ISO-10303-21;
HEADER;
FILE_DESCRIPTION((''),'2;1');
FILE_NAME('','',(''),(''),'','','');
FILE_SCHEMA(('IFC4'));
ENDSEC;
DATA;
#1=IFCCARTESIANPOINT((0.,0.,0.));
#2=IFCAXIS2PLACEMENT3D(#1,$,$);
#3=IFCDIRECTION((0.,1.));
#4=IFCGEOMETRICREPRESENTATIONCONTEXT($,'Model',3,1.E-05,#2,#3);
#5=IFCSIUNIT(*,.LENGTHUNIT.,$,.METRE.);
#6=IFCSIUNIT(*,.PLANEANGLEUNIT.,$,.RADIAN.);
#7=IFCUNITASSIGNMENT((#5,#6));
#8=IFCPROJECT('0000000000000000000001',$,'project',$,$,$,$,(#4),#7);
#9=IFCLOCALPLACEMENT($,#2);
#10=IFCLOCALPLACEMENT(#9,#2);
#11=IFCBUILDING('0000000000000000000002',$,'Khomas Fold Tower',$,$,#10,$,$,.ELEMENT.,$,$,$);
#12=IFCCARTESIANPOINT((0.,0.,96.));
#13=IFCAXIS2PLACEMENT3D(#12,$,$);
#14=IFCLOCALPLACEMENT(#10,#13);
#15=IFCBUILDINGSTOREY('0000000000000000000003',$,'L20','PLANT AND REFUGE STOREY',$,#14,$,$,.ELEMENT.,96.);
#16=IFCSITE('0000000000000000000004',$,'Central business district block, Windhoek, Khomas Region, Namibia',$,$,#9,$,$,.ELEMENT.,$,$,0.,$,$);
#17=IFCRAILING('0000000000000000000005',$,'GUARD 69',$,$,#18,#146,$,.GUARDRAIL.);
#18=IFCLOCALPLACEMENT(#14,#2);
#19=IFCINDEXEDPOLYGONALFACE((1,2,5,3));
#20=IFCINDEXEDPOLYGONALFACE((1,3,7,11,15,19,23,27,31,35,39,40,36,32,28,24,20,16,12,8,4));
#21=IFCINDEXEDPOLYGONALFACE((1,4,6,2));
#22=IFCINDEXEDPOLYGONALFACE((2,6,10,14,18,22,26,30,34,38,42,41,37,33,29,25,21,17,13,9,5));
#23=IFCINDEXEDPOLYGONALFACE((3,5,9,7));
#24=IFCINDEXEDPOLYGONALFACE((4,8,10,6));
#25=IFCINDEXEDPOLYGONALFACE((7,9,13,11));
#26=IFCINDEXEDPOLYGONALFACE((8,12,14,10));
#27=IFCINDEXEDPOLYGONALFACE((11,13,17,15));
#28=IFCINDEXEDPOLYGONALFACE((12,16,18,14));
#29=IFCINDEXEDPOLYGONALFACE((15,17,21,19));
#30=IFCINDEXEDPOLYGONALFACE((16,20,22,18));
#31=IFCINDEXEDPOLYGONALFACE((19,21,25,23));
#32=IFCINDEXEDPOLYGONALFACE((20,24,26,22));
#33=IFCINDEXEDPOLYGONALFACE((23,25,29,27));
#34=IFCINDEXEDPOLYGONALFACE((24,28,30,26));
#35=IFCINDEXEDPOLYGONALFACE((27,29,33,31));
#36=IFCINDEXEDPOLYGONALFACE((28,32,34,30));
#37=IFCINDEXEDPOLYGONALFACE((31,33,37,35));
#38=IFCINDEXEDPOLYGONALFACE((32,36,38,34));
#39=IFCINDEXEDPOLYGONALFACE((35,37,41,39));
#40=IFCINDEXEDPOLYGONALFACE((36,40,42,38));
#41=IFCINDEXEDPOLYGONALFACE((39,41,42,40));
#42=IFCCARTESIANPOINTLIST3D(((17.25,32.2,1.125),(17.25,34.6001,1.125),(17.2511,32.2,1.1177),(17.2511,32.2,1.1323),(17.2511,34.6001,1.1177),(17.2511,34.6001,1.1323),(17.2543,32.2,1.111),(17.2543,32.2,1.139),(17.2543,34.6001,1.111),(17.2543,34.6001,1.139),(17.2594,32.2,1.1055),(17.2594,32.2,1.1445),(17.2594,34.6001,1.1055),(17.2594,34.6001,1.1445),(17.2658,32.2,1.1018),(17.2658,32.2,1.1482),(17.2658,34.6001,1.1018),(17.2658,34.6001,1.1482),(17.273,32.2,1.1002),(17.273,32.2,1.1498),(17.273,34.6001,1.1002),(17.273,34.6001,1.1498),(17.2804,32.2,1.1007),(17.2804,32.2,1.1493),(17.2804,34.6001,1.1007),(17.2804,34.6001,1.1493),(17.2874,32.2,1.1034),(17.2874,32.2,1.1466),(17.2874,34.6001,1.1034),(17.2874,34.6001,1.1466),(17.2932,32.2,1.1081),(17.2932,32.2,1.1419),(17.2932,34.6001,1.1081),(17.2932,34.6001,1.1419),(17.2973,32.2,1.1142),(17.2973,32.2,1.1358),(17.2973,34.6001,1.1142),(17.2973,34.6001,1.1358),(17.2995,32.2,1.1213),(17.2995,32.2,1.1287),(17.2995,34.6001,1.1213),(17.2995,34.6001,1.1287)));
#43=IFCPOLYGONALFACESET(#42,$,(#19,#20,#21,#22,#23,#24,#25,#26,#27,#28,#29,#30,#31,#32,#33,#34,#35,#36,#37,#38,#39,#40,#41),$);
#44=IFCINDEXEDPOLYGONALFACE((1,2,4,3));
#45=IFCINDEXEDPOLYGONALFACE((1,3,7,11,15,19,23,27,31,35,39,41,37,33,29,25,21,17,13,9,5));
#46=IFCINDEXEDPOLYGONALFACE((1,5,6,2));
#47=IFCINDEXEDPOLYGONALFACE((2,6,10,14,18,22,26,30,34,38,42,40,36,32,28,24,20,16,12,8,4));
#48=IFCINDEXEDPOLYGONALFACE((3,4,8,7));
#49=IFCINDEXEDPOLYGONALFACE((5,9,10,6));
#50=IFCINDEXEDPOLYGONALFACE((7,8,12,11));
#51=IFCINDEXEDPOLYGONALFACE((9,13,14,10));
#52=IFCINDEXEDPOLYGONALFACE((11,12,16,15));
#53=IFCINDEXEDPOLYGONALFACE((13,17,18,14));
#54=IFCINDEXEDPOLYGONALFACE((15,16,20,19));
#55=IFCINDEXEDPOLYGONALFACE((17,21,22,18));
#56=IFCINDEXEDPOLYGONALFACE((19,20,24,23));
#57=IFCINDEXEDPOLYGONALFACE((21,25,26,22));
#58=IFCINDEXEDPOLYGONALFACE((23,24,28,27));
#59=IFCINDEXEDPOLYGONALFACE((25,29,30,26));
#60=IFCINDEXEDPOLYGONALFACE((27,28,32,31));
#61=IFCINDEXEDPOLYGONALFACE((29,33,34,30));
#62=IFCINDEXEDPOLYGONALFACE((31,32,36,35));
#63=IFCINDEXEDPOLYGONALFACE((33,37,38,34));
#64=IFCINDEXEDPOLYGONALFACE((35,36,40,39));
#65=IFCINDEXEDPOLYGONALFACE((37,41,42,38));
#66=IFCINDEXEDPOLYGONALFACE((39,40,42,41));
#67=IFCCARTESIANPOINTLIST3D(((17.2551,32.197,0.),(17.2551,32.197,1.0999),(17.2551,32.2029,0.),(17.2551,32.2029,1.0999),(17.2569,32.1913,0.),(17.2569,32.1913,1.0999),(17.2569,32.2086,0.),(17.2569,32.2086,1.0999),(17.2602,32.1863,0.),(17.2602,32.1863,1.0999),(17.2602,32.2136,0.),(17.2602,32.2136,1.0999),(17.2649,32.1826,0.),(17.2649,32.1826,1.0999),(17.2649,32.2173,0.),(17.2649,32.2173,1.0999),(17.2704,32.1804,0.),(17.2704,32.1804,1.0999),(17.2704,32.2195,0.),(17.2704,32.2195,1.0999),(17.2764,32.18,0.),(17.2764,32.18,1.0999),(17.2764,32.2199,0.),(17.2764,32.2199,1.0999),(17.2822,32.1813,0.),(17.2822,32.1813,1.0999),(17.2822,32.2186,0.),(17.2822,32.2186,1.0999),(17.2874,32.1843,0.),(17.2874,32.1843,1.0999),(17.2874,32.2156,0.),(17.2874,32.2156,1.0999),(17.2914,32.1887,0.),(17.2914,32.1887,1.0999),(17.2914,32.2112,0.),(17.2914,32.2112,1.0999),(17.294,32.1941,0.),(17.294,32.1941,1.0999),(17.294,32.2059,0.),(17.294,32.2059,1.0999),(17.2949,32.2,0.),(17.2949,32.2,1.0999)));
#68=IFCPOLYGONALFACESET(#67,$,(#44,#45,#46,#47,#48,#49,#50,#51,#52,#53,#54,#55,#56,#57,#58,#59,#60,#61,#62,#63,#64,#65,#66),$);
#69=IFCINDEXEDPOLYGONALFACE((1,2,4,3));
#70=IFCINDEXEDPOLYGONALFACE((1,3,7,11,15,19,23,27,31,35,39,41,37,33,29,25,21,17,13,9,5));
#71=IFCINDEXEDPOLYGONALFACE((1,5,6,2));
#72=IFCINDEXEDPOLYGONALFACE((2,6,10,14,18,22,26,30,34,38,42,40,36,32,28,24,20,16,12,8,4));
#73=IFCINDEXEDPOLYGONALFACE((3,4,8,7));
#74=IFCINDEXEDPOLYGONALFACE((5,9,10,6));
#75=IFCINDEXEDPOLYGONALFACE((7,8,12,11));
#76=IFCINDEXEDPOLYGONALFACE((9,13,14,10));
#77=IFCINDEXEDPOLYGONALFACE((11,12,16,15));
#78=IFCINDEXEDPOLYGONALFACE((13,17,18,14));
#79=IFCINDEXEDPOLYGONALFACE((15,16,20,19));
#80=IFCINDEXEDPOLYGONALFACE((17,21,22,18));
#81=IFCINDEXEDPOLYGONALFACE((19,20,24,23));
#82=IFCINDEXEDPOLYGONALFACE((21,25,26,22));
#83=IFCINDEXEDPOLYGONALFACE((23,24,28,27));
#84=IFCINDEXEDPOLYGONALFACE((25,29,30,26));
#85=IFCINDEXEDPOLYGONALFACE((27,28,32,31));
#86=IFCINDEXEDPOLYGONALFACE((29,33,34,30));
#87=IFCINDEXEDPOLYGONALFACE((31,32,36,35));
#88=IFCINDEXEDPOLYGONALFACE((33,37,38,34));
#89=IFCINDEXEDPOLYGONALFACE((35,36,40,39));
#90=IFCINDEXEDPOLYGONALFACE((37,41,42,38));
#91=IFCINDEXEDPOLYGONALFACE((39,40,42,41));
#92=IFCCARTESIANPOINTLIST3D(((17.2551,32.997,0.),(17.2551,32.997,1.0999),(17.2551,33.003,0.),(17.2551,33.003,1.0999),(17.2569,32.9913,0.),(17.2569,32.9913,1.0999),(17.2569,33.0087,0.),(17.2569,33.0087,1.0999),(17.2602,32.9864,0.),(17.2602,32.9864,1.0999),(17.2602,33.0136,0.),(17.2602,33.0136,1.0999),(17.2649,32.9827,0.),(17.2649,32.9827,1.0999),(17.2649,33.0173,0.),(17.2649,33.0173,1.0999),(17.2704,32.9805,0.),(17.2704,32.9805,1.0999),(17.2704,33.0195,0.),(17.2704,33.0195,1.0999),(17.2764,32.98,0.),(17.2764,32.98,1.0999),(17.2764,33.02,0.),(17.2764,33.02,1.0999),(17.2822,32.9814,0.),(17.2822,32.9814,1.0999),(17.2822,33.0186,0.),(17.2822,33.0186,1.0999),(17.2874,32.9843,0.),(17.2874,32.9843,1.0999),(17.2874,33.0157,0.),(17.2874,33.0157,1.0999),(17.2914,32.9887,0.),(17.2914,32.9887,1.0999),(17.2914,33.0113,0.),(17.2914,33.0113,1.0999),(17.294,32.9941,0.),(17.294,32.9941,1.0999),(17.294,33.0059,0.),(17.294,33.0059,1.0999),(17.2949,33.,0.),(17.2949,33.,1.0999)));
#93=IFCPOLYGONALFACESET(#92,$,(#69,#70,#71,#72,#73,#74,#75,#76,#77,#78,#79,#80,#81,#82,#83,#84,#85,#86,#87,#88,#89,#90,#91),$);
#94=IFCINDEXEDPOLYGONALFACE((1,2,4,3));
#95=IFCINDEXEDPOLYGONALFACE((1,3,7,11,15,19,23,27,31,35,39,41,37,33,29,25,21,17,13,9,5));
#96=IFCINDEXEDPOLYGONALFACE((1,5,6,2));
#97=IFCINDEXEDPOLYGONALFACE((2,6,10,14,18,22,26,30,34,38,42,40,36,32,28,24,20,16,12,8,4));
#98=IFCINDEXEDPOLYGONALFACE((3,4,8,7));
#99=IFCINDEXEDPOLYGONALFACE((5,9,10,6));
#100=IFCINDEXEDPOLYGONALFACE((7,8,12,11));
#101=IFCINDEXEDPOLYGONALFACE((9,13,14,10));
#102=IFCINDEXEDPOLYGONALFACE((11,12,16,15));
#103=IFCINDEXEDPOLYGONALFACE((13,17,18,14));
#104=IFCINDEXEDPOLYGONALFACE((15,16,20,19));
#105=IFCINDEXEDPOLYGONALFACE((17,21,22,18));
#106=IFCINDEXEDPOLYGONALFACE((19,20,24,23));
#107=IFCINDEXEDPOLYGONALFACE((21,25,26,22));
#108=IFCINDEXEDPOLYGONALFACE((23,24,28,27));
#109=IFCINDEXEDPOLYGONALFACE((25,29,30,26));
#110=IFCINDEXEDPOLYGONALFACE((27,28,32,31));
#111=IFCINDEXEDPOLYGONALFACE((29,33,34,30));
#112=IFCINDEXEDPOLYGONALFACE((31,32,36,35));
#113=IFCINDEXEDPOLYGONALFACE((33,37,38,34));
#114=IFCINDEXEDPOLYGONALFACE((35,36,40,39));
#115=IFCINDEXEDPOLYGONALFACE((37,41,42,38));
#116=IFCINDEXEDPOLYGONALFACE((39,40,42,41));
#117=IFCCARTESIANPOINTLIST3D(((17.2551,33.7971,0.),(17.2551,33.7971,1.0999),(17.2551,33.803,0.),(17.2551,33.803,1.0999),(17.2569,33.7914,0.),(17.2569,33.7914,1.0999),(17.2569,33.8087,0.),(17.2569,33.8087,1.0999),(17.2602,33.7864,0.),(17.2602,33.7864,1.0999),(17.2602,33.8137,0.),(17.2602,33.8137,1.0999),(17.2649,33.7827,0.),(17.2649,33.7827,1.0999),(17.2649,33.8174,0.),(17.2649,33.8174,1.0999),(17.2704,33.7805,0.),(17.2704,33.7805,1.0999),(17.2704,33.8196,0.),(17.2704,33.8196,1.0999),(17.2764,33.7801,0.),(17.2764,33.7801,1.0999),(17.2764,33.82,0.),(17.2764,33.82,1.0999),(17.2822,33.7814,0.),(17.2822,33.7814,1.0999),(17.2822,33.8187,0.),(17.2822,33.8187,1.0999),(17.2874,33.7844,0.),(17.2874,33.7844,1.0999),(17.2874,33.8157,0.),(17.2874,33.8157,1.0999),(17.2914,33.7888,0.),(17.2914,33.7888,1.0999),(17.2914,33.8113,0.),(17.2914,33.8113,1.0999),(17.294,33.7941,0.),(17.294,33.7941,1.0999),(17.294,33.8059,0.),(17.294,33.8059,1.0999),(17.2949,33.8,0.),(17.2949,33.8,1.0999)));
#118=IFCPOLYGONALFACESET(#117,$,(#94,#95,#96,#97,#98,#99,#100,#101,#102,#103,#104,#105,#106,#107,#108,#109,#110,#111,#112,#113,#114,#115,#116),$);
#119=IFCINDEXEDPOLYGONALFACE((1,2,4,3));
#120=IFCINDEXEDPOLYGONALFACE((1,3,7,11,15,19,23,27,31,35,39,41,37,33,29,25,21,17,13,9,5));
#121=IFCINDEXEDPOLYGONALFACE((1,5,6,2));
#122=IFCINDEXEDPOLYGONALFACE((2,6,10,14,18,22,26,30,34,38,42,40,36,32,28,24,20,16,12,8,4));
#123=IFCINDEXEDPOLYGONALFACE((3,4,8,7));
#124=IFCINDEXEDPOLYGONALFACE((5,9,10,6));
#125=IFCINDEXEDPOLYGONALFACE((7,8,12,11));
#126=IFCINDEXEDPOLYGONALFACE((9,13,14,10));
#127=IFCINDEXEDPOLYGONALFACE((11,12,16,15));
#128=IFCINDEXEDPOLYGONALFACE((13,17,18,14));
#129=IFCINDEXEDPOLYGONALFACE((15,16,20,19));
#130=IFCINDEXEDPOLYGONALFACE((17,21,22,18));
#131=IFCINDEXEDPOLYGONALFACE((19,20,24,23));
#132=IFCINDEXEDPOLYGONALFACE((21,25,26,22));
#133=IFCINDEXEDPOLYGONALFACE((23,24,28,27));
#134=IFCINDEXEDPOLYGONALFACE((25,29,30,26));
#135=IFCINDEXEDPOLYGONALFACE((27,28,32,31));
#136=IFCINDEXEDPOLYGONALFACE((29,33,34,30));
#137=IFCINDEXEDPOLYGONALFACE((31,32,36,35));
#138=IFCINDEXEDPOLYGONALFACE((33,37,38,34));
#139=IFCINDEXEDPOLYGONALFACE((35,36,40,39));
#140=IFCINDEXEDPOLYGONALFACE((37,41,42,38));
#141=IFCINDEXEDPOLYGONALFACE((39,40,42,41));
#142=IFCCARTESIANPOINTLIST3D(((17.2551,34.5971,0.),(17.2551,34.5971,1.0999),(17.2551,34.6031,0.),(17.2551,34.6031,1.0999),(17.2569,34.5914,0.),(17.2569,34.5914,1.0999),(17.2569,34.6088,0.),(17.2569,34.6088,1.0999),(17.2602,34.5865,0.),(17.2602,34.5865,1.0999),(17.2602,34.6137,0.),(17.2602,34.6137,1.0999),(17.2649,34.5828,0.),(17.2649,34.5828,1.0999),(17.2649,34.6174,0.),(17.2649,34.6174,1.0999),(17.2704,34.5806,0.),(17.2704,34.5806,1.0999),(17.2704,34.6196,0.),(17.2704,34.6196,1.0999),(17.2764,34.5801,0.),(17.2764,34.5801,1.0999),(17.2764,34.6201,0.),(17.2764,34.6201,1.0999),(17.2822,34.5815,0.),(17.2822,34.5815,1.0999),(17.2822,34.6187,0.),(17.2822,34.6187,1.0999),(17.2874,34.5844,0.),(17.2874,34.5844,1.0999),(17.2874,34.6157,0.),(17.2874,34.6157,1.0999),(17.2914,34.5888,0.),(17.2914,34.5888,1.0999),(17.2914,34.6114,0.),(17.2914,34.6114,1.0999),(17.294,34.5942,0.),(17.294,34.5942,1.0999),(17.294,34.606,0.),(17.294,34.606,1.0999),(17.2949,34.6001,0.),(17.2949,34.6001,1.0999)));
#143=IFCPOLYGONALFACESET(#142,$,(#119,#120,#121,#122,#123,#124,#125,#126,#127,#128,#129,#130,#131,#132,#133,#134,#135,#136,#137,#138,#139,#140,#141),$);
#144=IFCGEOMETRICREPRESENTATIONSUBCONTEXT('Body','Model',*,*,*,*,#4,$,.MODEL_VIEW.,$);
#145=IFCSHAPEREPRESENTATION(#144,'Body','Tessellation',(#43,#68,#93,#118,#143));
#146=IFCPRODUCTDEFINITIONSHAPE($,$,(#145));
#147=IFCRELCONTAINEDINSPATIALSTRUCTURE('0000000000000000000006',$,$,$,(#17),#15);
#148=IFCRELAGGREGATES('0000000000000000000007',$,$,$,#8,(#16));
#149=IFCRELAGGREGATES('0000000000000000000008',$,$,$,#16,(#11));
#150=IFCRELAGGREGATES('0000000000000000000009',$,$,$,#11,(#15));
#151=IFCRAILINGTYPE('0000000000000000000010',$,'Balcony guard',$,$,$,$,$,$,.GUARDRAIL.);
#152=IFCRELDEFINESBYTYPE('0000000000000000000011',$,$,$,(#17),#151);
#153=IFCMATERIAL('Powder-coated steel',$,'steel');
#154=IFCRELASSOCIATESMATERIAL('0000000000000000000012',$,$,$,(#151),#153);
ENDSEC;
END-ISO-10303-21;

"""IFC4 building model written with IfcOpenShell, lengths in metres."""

from ifc_helpers import new_model, si_unit, direction, frame, origin, origin_2d, place, context, subcontext, project, spatial, circle, extrude, source, transform, mapped, material, type_object, element, save


model = new_model("IFC4")

# Units and contexts
model_context = context("Model", 3, precision=1e-05, world=origin(), true_north=direction((0.0, 1.0)))
body_context = subcontext(model_context, "Body", "Model", "MODEL_VIEW")
ifc_project = project(units=[si_unit("LENGTHUNIT", "METRE"), si_unit("PLANEANGLEUNIT", "RADIAN")], contexts=[model_context])

# Site, building, storey
site_placement = place(None, origin())
site = spatial("IfcSite", under=ifc_project, at=site_placement, Name="Central business district block, Windhoek, Khomas Region, Namibia", CompositionType="ELEMENT", RefElevation=0.0)
building_placement = place(site_placement, origin())
building = spatial("IfcBuilding", under=site, at=building_placement, Name="Khomas Fold Tower", CompositionType="ELEMENT")
storey_placement = place(building_placement, frame((0.0, 0.0, 96.0)))
storey = spatial("IfcBuildingStorey", under=building, at=storey_placement, Name="L20", Description="PLANT AND REFUGE STOREY", CompositionType="ELEMENT", Elevation=96.0)

# Railing
ifc_material_1 = material(Name="Powder-coated steel", Category="steel")
railing_type_1 = type_object("IfcRailingType", Name="Balcony guard", PredefinedType="GUARDRAIL", material=ifc_material_1)
shared_shape_1 = source(origin(), body_context, "Body", "SweptSolid", [
    extrude(circle(Radius=0.0249, at=origin_2d()), frame((0.0, 0.0, 1.125), z_axis=(0.0, 1.0, 0.0), x_axis=(-1.0, 0.0, 0.0)), (0.0, 0.0, 1.0), 2.4001),
    extrude(circle(Radius=0.02, at=origin_2d()), origin(), (0.0, 0.0, 1.0), 1.0999),
    extrude(circle(Radius=0.02, at=origin_2d()), frame((0.0, 0.8, 0.0)), (0.0, 0.0, 1.0), 1.0999),
    extrude(circle(Radius=0.02, at=origin_2d()), frame((0.0, 1.6001, 0.0)), (0.0, 0.0, 1.0), 1.0999),
    extrude(circle(Radius=0.02, at=origin_2d()), frame((0.0, 2.4001, 0.0)), (0.0, 0.0, 1.0), 1.0999),
])
for number, where, name in (
    (1, (17.2749, 32.2, 0.0), "GUARD 69"),
):
    element("IfcRailing", number, at=place(storey_placement, frame(where)), inside=storey, type_object=railing_type_1, Name=name, PredefinedType="GUARDRAIL", context=body_context, shape_type="MappedRepresentation", body=[
        mapped(shared_shape_1, transform((0.0, 0.0, 0.0))),
    ])

save(model, "model.ifc")
